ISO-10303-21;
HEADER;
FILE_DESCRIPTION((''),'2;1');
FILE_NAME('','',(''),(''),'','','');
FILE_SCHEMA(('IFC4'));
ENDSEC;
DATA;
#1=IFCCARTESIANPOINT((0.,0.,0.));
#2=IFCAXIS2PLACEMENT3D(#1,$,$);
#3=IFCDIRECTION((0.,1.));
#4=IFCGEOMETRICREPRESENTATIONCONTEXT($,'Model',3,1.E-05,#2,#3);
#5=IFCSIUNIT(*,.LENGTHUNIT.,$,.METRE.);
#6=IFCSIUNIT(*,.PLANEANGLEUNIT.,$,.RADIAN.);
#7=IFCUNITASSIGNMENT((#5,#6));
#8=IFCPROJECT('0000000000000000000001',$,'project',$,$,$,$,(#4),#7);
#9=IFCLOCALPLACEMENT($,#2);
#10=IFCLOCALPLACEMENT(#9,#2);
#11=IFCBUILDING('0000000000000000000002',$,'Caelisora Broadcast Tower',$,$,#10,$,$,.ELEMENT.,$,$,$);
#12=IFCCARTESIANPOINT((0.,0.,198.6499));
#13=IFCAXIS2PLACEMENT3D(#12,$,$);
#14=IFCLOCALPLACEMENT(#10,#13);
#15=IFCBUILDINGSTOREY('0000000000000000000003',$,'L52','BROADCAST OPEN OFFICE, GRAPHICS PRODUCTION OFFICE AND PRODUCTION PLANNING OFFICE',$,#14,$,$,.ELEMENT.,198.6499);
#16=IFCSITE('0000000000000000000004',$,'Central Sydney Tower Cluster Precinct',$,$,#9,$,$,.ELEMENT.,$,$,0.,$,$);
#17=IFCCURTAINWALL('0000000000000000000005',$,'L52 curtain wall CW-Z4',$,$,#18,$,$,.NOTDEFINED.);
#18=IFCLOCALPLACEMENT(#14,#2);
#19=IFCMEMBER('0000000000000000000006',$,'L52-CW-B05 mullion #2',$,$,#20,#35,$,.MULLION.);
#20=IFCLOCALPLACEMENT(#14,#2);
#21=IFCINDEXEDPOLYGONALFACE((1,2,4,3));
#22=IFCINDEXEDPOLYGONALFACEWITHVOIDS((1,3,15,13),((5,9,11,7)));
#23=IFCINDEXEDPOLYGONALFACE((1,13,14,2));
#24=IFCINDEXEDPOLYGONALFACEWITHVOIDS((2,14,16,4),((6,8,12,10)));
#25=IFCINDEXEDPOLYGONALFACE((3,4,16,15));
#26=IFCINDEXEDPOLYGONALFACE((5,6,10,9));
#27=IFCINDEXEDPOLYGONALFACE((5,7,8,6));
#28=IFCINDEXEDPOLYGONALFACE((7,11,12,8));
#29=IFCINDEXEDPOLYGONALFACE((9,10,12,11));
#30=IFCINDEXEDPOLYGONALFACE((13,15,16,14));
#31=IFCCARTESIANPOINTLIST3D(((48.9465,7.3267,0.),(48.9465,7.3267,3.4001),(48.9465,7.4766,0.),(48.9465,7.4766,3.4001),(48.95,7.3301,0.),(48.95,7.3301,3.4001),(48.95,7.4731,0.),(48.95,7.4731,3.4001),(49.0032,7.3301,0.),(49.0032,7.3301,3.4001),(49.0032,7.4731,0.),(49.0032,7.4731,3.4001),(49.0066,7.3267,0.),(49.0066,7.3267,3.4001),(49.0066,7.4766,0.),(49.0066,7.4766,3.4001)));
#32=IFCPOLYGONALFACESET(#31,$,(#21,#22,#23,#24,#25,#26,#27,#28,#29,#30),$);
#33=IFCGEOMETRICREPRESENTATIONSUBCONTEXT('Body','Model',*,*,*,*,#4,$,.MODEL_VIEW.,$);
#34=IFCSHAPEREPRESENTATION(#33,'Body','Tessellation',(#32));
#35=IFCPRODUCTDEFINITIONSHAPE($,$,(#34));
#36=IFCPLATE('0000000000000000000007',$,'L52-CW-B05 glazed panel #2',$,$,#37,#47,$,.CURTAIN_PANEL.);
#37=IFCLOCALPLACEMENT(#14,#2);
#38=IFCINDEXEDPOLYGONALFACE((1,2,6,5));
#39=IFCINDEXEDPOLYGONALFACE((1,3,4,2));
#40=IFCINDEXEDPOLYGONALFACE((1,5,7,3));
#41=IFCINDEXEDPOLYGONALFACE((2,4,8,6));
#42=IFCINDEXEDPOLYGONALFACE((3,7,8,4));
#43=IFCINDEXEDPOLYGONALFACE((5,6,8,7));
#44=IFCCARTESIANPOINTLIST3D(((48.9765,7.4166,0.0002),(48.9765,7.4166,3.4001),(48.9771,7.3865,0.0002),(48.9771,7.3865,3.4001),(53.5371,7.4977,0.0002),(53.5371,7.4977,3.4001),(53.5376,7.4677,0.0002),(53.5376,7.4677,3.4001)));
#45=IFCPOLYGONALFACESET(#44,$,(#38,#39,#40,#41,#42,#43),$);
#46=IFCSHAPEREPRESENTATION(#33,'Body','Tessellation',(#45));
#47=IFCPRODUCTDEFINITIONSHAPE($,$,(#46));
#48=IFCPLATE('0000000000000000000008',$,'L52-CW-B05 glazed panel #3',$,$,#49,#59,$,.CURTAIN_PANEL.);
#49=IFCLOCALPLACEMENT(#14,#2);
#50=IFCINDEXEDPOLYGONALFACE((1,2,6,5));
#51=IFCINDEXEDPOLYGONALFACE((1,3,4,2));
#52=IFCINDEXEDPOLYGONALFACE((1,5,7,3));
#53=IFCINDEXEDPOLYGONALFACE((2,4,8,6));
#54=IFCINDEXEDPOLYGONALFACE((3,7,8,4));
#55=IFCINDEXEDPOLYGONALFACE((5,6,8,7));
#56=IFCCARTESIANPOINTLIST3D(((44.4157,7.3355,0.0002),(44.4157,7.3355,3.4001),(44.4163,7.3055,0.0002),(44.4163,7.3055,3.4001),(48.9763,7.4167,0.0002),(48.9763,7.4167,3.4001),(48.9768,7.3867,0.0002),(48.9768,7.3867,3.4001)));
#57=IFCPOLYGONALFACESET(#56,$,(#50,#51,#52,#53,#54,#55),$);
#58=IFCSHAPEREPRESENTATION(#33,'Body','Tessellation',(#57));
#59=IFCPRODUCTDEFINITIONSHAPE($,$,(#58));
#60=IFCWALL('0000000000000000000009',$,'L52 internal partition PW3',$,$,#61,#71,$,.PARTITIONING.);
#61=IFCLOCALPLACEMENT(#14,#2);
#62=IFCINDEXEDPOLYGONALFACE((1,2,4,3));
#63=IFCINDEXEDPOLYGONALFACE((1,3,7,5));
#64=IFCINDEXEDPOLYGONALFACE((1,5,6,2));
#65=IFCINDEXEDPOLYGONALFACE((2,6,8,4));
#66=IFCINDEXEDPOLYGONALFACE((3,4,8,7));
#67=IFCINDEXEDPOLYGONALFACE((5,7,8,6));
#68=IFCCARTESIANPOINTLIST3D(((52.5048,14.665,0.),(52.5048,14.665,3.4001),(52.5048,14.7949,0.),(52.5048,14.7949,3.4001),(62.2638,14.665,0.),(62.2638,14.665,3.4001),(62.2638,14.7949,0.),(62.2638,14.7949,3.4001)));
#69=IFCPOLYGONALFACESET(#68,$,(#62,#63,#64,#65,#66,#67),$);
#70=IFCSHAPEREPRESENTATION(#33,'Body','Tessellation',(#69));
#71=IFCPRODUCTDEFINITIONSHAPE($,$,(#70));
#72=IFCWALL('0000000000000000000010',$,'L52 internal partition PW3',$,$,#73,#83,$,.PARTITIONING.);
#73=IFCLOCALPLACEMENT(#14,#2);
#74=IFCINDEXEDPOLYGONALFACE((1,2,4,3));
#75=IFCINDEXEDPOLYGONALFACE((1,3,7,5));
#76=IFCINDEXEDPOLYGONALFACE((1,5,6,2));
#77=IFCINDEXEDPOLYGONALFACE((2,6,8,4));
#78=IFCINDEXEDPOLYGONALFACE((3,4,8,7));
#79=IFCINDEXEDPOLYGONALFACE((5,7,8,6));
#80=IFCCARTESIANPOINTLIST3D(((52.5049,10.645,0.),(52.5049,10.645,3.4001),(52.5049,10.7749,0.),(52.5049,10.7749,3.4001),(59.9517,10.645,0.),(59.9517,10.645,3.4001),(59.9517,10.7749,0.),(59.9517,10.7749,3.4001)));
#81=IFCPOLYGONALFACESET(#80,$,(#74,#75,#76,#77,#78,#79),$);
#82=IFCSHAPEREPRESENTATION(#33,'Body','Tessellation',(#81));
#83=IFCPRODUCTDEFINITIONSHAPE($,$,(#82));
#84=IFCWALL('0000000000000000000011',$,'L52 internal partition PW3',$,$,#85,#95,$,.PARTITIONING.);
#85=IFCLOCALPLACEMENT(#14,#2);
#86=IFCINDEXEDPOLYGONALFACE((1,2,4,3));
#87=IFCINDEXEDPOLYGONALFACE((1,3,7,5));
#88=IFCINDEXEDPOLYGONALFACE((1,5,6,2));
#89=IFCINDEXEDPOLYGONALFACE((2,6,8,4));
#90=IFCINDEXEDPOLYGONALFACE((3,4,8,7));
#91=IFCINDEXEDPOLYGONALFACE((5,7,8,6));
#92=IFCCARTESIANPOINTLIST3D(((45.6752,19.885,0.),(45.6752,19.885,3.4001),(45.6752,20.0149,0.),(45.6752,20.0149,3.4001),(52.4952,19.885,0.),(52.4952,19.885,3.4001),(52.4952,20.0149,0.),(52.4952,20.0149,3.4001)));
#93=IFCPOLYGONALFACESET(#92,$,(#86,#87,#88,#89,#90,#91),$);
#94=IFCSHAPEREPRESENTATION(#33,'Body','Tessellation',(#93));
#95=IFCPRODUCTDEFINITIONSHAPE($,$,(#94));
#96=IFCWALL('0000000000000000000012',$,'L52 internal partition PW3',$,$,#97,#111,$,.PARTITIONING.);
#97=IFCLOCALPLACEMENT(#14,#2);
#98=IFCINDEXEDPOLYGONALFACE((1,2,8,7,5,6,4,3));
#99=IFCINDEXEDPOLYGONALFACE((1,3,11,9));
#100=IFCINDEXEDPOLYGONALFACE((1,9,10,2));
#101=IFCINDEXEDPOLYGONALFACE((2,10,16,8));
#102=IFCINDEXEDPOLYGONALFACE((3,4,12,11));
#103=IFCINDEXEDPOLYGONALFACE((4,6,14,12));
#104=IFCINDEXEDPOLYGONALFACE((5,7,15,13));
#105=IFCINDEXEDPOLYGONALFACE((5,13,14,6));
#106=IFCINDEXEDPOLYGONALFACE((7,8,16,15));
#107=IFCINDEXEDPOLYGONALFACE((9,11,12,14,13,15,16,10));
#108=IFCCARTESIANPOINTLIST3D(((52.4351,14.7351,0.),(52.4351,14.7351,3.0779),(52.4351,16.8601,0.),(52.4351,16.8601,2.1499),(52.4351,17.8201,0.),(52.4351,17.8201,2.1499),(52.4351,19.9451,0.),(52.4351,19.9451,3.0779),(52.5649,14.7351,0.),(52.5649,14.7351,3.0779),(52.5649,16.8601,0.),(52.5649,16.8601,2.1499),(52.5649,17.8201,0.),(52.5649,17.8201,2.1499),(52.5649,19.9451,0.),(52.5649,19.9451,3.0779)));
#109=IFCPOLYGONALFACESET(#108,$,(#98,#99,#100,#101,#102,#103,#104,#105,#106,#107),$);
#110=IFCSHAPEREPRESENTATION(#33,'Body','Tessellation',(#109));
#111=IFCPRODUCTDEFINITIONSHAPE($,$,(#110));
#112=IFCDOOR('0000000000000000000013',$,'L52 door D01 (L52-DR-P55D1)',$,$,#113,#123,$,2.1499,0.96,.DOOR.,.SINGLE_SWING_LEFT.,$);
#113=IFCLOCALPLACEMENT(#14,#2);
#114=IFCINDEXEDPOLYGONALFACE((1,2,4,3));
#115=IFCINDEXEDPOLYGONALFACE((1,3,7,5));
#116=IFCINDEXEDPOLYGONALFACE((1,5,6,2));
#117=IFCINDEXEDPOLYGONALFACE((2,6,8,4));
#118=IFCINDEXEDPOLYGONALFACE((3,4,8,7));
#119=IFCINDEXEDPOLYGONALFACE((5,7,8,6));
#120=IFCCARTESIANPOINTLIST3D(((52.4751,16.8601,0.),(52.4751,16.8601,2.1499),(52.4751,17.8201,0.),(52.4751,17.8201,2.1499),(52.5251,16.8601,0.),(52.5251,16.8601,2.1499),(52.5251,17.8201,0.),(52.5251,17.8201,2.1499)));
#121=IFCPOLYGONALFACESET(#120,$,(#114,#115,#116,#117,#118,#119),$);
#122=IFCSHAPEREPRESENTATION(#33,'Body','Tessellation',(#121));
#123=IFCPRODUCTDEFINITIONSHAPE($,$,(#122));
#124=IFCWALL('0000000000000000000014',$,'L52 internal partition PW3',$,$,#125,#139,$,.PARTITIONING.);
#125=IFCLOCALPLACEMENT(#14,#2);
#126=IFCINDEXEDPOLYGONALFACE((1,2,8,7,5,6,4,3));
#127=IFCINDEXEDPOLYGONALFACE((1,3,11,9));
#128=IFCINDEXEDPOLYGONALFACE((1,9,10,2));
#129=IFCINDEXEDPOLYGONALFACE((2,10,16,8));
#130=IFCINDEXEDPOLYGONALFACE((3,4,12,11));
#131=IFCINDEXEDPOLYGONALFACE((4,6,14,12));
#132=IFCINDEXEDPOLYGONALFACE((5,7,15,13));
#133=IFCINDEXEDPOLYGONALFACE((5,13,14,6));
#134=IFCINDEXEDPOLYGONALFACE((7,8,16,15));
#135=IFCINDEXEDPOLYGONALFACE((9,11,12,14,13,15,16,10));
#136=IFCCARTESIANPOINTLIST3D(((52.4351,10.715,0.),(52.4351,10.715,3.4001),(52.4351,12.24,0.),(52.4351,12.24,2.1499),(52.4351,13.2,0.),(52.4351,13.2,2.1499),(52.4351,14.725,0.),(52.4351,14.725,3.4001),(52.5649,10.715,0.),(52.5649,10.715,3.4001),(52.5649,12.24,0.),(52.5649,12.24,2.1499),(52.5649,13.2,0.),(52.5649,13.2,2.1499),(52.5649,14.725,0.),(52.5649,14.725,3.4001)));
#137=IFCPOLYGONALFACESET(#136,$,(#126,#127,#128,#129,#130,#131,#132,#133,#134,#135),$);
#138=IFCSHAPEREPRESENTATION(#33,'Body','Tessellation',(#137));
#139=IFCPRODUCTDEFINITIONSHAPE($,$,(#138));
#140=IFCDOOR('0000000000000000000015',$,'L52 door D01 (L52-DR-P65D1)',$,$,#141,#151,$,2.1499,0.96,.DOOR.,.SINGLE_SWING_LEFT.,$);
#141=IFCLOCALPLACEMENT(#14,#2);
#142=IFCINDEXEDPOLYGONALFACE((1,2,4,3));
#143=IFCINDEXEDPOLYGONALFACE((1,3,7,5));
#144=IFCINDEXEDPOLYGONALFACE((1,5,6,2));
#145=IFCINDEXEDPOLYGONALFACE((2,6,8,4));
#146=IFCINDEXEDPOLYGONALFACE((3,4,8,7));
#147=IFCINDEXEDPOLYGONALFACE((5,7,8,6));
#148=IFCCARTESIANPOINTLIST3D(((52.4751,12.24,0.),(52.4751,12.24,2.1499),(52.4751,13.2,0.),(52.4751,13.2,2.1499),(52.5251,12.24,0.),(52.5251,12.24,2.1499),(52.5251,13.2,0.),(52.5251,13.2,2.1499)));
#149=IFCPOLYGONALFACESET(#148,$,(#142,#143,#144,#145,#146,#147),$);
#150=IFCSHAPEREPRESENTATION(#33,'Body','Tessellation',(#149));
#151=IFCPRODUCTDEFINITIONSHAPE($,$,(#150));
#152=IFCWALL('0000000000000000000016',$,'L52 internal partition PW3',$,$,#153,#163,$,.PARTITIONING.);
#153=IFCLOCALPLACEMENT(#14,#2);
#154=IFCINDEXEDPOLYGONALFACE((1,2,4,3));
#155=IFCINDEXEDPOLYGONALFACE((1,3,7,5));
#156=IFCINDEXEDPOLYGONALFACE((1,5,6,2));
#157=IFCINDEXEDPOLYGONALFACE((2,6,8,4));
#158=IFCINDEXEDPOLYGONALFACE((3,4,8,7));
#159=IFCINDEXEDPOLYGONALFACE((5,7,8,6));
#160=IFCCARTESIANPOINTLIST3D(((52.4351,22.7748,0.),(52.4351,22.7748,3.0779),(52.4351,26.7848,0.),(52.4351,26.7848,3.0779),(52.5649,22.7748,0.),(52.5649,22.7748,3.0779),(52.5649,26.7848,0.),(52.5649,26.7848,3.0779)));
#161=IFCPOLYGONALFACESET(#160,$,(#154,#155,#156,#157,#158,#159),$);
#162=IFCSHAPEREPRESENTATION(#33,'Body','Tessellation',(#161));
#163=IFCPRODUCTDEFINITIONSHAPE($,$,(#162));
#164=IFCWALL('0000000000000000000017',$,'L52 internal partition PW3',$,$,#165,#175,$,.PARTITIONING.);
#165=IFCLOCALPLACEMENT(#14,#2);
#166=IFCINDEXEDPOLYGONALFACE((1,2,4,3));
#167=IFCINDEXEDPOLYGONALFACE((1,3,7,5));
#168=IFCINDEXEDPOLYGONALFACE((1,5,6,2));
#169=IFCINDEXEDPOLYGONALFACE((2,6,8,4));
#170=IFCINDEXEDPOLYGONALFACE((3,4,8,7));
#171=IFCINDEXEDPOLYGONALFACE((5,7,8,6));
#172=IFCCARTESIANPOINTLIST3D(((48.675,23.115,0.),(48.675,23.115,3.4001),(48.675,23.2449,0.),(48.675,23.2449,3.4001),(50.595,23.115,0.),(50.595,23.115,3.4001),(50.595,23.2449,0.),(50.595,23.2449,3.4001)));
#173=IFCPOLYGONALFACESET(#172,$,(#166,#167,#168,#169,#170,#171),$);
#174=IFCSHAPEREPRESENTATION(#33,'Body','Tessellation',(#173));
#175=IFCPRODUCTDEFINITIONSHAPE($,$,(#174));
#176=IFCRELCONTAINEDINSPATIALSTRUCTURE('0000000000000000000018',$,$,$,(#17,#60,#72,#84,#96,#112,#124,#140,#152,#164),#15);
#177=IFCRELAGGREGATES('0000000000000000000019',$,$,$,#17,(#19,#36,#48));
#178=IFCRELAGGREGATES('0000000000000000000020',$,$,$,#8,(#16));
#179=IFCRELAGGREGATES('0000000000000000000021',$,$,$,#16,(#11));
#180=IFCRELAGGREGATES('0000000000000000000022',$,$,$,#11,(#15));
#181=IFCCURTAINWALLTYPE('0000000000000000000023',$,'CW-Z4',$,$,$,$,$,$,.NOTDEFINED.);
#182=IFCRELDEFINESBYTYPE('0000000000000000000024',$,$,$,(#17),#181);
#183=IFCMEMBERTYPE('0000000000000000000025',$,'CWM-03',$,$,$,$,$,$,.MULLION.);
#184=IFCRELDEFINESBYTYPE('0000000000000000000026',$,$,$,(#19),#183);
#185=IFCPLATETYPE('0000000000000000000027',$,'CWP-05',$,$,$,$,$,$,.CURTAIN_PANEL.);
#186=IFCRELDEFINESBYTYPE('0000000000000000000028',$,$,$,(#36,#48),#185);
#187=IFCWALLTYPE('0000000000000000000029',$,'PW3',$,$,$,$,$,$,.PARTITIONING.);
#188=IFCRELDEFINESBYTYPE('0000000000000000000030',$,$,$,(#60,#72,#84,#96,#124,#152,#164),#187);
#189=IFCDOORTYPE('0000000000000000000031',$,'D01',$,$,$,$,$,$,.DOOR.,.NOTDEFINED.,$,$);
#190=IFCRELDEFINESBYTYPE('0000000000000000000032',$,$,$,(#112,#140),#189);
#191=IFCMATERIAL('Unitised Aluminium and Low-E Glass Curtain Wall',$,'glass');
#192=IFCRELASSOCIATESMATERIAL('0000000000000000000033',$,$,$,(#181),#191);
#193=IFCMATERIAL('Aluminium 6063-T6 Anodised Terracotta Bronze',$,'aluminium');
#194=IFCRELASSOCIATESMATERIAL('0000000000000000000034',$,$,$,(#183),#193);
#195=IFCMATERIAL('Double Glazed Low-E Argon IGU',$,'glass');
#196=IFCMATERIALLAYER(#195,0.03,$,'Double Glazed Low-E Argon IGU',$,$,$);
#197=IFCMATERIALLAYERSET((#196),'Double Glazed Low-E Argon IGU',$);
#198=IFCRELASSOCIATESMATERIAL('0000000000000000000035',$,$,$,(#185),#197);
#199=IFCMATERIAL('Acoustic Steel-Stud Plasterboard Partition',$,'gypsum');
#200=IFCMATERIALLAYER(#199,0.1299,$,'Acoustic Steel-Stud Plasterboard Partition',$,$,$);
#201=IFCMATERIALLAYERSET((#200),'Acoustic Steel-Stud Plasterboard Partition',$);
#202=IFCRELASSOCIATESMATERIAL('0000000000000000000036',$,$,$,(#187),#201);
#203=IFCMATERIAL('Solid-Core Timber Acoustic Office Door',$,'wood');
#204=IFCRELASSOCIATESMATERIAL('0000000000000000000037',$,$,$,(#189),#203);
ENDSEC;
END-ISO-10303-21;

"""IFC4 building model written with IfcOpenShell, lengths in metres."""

from ifc_helpers import new_model, si_unit, direction, frame, frame_2d, origin, origin_2d, place, context, subcontext, project, spatial, rectangle, hollow_rectangle, extrude, source, transform, mapped, material, layer, layer_set, material_profile, profile_set, type_object, type_shapes, element, fill, aggregate, save


model = new_model("IFC4")

# Units and contexts
model_context = context("Model", 3, precision=1e-05, world=origin(), true_north=direction((0.0, 1.0)))
body_context = subcontext(model_context, "Body", "Model", "MODEL_VIEW")
ifc_project = project(units=[si_unit("LENGTHUNIT", "METRE"), si_unit("PLANEANGLEUNIT", "RADIAN")], contexts=[model_context])

# Site, building, storey
site_placement = place(None, origin())
site = spatial("IfcSite", under=ifc_project, at=site_placement, Name="Central Sydney Tower Cluster Precinct", CompositionType="ELEMENT", RefElevation=0.0)
building_placement = place(site_placement, origin())
building = spatial("IfcBuilding", under=site, at=building_placement, Name="Caelisora Broadcast Tower", CompositionType="ELEMENT")
storey_placement = place(building_placement, frame((0.0, 0.0, 198.6499)))
storey = spatial("IfcBuildingStorey", under=building, at=storey_placement, Name="L52", Description="BROADCAST OPEN OFFICE, GRAPHICS PRODUCTION OFFICE AND PRODUCTION PLANNING OFFICE", CompositionType="ELEMENT", Elevation=198.6499)

# Curtain wall, member, plates
ifc_material_1 = material(Name="Unitised Aluminium and Low-E Glass Curtain Wall", Category="glass")
curtain_wall_type = type_object("IfcCurtainWallType", Name="CW-Z4", PredefinedType="NOTDEFINED", material=ifc_material_1)
curtain_wall_placement = place(storey_placement, origin())
curtain_wall = element("IfcCurtainWall", 1, at=curtain_wall_placement, inside=storey, type_object=curtain_wall_type, Name="L52 curtain wall CW-Z4", PredefinedType="NOTDEFINED")
ifc_material_2 = material(Name="Aluminium 6063-T6 Anodised Terracotta Bronze", Category="aluminium")
ifc_material_profile_1 = material_profile(ifc_material_2, hollow_rectangle(XDim=0.0601, YDim=0.1499, WallThickness=0.0034, at=origin_2d()), Name="Aluminium 6063-T6 Anodised Terracotta Bronze")
ifc_profile_set_1 = profile_set([ifc_material_profile_1], Name="Aluminium 6063-T6 Anodised Terracotta Bronze")
member_type = type_object("IfcMemberType", Name="CWM-03", PredefinedType="MULLION", material=ifc_profile_set_1)
shared_shape_1 = source(origin(), body_context, "Body", "SweptSolid", [
    extrude(hollow_rectangle(XDim=0.0601, YDim=0.1499, WallThickness=0.0034, at=origin_2d()), origin(), (0.0, 0.0, 1.0), 3.4001),
])
type_shapes(member_type, [shared_shape_1])
member_placement = place(storey_placement, frame((48.9766, 7.4016, 0.0), z_axis=(0.0, 0.0, 1.0), x_axis=(1.0, 0.0, 0.0)))
member = element("IfcMember", 2, at=member_placement, type_object=member_type, Name="L52-CW-B05 mullion #2", PredefinedType="MULLION", context=body_context, shape_type="MappedRepresentation", body=[
    mapped(shared_shape_1, transform((0.0, 0.0, 0.0), scale=1.0)),
])
ifc_material_3 = material(Name="Double Glazed Low-E Argon IGU", Category="glass")
ifc_layer_1 = layer(ifc_material_3, 0.03, Name="Double Glazed Low-E Argon IGU")
ifc_layer_set_1 = layer_set([ifc_layer_1], Name="Double Glazed Low-E Argon IGU")
plate_type = type_object("IfcPlateType", Name="CWP-05", PredefinedType="CURTAIN_PANEL", material=ifc_layer_set_1)
shared_shape_2 = source(origin(), body_context, "Body", "SweptSolid", [
    extrude(rectangle(XDim=4.5613, YDim=0.03, at=origin_2d()), origin(), (0.0, 0.0, 1.0), 3.3999),
])
type_shapes(plate_type, [shared_shape_2])
plate_1_placement = place(storey_placement, frame((51.2571, 7.4421, 0.0002), z_axis=(0.0, 0.0, 1.0), x_axis=(-0.999842, -0.017801, 0.0)))
plate_1 = element("IfcPlate", 3, at=plate_1_placement, type_object=plate_type, Name="L52-CW-B05 glazed panel #2", PredefinedType="CURTAIN_PANEL", context=body_context, shape_type="MappedRepresentation", body=[
    mapped(shared_shape_2, transform((0.0, 0.0, 0.0), scale=1.0)),
])
plate_2_placement = place(storey_placement, frame((46.6963, 7.3611, 0.0002), z_axis=(0.0, 0.0, 1.0), x_axis=(-0.999842, -0.017801, 0.0)))
plate_2 = element("IfcPlate", 4, at=plate_2_placement, type_object=plate_type, Name="L52-CW-B05 glazed panel #3", PredefinedType="CURTAIN_PANEL", context=body_context, shape_type="MappedRepresentation", body=[
    mapped(shared_shape_2, transform((0.0, 0.0, 0.0), scale=1.0)),
])
aggregate(curtain_wall, [member, plate_1, plate_2])

# Walls
ifc_material_4 = material(Name="Acoustic Steel-Stud Plasterboard Partition", Category="gypsum")
ifc_layer_2 = layer(ifc_material_4, 0.1299, Name="Acoustic Steel-Stud Plasterboard Partition")
ifc_layer_set_2 = layer_set([ifc_layer_2], Name="Acoustic Steel-Stud Plasterboard Partition")
wall_type = type_object("IfcWallType", Name="PW3", PredefinedType="PARTITIONING", material=ifc_layer_set_2)
wall_1_placement = place(storey_placement, frame((52.5049, 14.73, 0.0), z_axis=(0.0, 0.0, 1.0), x_axis=(1.0, 0.0, 0.0)))
element("IfcWall", 5, at=wall_1_placement, inside=storey, type_object=wall_type, Name="L52 internal partition PW3", PredefinedType="PARTITIONING", context=body_context, shape_type="SweptSolid", body=[
    extrude(rectangle(XDim=9.759, YDim=0.1299, at=frame_2d((4.8794, 0.0))), origin(), (0.0, 0.0, 1.0), 3.4001),
])
wall_2_placement = place(storey_placement, frame((52.5049, 10.71, 0.0), z_axis=(0.0, 0.0, 1.0), x_axis=(1.0, 0.0, 0.0)))
element("IfcWall", 6, at=wall_2_placement, inside=storey, type_object=wall_type, Name="L52 internal partition PW3", PredefinedType="PARTITIONING", context=body_context, shape_type="SweptSolid", body=[
    extrude(rectangle(XDim=7.4468, YDim=0.1299, at=frame_2d((3.7234, 0.0))), origin(), (0.0, 0.0, 1.0), 3.4001),
])
wall_3_placement = place(storey_placement, frame((45.675, 19.95, 0.0), z_axis=(0.0, 0.0, 1.0), x_axis=(1.0, 0.0, 0.0)))
element("IfcWall", 7, at=wall_3_placement, inside=storey, type_object=wall_type, Name="L52 internal partition PW3", PredefinedType="PARTITIONING", context=body_context, shape_type="SweptSolid", body=[
    extrude(rectangle(XDim=6.8201, YDim=0.1299, at=frame_2d((3.4102, 0.0))), origin(), (0.0, 0.0, 1.0), 3.4001),
])

# Walls, openings, doors
wall_4_placement = place(storey_placement, frame((52.5, 14.7351, 0.0), z_axis=(0.0, 0.0, 1.0), x_axis=(0.0, 1.0, 0.0)))
wall_4 = element("IfcWall", 8, at=wall_4_placement, inside=storey, type_object=wall_type, Name="L52 internal partition PW3", PredefinedType="PARTITIONING", context=body_context, shape_type="SweptSolid", body=[
    extrude(rectangle(XDim=5.21, YDim=0.1299, at=frame_2d((2.605, 0.0))), origin(), (0.0, 0.0, 1.0), 3.0779),
])
opening_1_placement = place(wall_4_placement, frame((2.125, 0.0, 0.0)))
opening_1 = element("IfcOpeningElement", 9, at=opening_1_placement, cuts=wall_4, PredefinedType="OPENING", context=body_context, shape_type="SweptSolid", body=[
    extrude(rectangle(XDim=0.96, YDim=2.1499, at=frame_2d((0.48, 1.075))), frame((0.0, 0.0769, 0.0), z_axis=(0.0, -1.0, 0.0), x_axis=(1.0, 0.0, 0.0)), (0.0, 0.0, 1.0), 0.1538),
])
ifc_material_5 = material(Name="Solid-Core Timber Acoustic Office Door", Category="wood")
door_type = type_object("IfcDoorType", Name="D01", OperationType="NOTDEFINED", PredefinedType="DOOR", material=ifc_material_5)
door_1_placement = place(opening_1_placement, origin())
door_1 = element("IfcDoor", 10, at=door_1_placement, inside=storey, type_object=door_type, Name="L52 door D01 (L52-DR-P55D1)", OperationType="SINGLE_SWING_LEFT", OverallHeight=2.1499, OverallWidth=0.96, PredefinedType="DOOR", context=body_context, shape_type="SweptSolid", body=[
    extrude(rectangle(XDim=0.96, YDim=2.1499, at=frame_2d((0.48, 1.075))), frame((0.0, 0.0249, 0.0), z_axis=(0.0, -1.0, 0.0), x_axis=(1.0, 0.0, 0.0)), (0.0, 0.0, 1.0), 0.05),
])
fill(opening_1, door_1)
wall_5_placement = place(storey_placement, frame((52.5, 10.7151, 0.0), z_axis=(0.0, 0.0, 1.0), x_axis=(0.0, 1.0, 0.0)))
wall_5 = element("IfcWall", 11, at=wall_5_placement, inside=storey, type_object=wall_type, Name="L52 internal partition PW3", PredefinedType="PARTITIONING", context=body_context, shape_type="SweptSolid", body=[
    extrude(rectangle(XDim=4.01, YDim=0.1299, at=frame_2d((2.0049, 0.0))), origin(), (0.0, 0.0, 1.0), 3.4001),
])
opening_2_placement = place(wall_5_placement, frame((1.5249, 0.0, 0.0)))
opening_2 = element("IfcOpeningElement", 12, at=opening_2_placement, cuts=wall_5, PredefinedType="OPENING", context=body_context, shape_type="SweptSolid", body=[
    extrude(rectangle(XDim=0.96, YDim=2.1499, at=frame_2d((0.48, 1.075))), frame((0.0, 0.0769, 0.0), z_axis=(0.0, -1.0, 0.0), x_axis=(1.0, 0.0, 0.0)), (0.0, 0.0, 1.0), 0.1538),
])
door_2_placement = place(opening_2_placement, origin())
door_2 = element("IfcDoor", 13, at=door_2_placement, inside=storey, type_object=door_type, Name="L52 door D01 (L52-DR-P65D1)", OperationType="SINGLE_SWING_LEFT", OverallHeight=2.1499, OverallWidth=0.96, PredefinedType="DOOR", context=body_context, shape_type="SweptSolid", body=[
    extrude(rectangle(XDim=0.96, YDim=2.1499, at=frame_2d((0.48, 1.075))), frame((0.0, 0.0249, 0.0), z_axis=(0.0, -1.0, 0.0), x_axis=(1.0, 0.0, 0.0)), (0.0, 0.0, 1.0), 0.05),
])
fill(opening_2, door_2)

# Wall
wall_6_placement = place(storey_placement, frame((52.5, 22.7749, 0.0), z_axis=(0.0, 0.0, 1.0), x_axis=(0.0, 1.0, 0.0)))
element("IfcWall", 14, at=wall_6_placement, inside=storey, type_object=wall_type, Name="L52 internal partition PW3", PredefinedType="PARTITIONING", context=body_context, shape_type="SweptSolid", body=[
    extrude(rectangle(XDim=4.01, YDim=0.1299, at=frame_2d((2.0049, 0.0))), origin(), (0.0, 0.0, 1.0), 3.0779),
])

# Wall
wall_7_placement = place(storey_placement, frame((48.675, 23.1799, 0.0), z_axis=(0.0, 0.0, 1.0), x_axis=(1.0, 0.0, 0.0)))
element("IfcWall", 15, at=wall_7_placement, inside=storey, type_object=wall_type, Name="L52 internal partition PW3", PredefinedType="PARTITIONING", context=body_context, shape_type="SweptSolid", body=[
    extrude(rectangle(XDim=1.9199, YDim=0.1299, at=frame_2d((0.96, 0.0))), origin(), (0.0, 0.0, 1.0), 3.4001),
])

save(model, "model.ifc")
